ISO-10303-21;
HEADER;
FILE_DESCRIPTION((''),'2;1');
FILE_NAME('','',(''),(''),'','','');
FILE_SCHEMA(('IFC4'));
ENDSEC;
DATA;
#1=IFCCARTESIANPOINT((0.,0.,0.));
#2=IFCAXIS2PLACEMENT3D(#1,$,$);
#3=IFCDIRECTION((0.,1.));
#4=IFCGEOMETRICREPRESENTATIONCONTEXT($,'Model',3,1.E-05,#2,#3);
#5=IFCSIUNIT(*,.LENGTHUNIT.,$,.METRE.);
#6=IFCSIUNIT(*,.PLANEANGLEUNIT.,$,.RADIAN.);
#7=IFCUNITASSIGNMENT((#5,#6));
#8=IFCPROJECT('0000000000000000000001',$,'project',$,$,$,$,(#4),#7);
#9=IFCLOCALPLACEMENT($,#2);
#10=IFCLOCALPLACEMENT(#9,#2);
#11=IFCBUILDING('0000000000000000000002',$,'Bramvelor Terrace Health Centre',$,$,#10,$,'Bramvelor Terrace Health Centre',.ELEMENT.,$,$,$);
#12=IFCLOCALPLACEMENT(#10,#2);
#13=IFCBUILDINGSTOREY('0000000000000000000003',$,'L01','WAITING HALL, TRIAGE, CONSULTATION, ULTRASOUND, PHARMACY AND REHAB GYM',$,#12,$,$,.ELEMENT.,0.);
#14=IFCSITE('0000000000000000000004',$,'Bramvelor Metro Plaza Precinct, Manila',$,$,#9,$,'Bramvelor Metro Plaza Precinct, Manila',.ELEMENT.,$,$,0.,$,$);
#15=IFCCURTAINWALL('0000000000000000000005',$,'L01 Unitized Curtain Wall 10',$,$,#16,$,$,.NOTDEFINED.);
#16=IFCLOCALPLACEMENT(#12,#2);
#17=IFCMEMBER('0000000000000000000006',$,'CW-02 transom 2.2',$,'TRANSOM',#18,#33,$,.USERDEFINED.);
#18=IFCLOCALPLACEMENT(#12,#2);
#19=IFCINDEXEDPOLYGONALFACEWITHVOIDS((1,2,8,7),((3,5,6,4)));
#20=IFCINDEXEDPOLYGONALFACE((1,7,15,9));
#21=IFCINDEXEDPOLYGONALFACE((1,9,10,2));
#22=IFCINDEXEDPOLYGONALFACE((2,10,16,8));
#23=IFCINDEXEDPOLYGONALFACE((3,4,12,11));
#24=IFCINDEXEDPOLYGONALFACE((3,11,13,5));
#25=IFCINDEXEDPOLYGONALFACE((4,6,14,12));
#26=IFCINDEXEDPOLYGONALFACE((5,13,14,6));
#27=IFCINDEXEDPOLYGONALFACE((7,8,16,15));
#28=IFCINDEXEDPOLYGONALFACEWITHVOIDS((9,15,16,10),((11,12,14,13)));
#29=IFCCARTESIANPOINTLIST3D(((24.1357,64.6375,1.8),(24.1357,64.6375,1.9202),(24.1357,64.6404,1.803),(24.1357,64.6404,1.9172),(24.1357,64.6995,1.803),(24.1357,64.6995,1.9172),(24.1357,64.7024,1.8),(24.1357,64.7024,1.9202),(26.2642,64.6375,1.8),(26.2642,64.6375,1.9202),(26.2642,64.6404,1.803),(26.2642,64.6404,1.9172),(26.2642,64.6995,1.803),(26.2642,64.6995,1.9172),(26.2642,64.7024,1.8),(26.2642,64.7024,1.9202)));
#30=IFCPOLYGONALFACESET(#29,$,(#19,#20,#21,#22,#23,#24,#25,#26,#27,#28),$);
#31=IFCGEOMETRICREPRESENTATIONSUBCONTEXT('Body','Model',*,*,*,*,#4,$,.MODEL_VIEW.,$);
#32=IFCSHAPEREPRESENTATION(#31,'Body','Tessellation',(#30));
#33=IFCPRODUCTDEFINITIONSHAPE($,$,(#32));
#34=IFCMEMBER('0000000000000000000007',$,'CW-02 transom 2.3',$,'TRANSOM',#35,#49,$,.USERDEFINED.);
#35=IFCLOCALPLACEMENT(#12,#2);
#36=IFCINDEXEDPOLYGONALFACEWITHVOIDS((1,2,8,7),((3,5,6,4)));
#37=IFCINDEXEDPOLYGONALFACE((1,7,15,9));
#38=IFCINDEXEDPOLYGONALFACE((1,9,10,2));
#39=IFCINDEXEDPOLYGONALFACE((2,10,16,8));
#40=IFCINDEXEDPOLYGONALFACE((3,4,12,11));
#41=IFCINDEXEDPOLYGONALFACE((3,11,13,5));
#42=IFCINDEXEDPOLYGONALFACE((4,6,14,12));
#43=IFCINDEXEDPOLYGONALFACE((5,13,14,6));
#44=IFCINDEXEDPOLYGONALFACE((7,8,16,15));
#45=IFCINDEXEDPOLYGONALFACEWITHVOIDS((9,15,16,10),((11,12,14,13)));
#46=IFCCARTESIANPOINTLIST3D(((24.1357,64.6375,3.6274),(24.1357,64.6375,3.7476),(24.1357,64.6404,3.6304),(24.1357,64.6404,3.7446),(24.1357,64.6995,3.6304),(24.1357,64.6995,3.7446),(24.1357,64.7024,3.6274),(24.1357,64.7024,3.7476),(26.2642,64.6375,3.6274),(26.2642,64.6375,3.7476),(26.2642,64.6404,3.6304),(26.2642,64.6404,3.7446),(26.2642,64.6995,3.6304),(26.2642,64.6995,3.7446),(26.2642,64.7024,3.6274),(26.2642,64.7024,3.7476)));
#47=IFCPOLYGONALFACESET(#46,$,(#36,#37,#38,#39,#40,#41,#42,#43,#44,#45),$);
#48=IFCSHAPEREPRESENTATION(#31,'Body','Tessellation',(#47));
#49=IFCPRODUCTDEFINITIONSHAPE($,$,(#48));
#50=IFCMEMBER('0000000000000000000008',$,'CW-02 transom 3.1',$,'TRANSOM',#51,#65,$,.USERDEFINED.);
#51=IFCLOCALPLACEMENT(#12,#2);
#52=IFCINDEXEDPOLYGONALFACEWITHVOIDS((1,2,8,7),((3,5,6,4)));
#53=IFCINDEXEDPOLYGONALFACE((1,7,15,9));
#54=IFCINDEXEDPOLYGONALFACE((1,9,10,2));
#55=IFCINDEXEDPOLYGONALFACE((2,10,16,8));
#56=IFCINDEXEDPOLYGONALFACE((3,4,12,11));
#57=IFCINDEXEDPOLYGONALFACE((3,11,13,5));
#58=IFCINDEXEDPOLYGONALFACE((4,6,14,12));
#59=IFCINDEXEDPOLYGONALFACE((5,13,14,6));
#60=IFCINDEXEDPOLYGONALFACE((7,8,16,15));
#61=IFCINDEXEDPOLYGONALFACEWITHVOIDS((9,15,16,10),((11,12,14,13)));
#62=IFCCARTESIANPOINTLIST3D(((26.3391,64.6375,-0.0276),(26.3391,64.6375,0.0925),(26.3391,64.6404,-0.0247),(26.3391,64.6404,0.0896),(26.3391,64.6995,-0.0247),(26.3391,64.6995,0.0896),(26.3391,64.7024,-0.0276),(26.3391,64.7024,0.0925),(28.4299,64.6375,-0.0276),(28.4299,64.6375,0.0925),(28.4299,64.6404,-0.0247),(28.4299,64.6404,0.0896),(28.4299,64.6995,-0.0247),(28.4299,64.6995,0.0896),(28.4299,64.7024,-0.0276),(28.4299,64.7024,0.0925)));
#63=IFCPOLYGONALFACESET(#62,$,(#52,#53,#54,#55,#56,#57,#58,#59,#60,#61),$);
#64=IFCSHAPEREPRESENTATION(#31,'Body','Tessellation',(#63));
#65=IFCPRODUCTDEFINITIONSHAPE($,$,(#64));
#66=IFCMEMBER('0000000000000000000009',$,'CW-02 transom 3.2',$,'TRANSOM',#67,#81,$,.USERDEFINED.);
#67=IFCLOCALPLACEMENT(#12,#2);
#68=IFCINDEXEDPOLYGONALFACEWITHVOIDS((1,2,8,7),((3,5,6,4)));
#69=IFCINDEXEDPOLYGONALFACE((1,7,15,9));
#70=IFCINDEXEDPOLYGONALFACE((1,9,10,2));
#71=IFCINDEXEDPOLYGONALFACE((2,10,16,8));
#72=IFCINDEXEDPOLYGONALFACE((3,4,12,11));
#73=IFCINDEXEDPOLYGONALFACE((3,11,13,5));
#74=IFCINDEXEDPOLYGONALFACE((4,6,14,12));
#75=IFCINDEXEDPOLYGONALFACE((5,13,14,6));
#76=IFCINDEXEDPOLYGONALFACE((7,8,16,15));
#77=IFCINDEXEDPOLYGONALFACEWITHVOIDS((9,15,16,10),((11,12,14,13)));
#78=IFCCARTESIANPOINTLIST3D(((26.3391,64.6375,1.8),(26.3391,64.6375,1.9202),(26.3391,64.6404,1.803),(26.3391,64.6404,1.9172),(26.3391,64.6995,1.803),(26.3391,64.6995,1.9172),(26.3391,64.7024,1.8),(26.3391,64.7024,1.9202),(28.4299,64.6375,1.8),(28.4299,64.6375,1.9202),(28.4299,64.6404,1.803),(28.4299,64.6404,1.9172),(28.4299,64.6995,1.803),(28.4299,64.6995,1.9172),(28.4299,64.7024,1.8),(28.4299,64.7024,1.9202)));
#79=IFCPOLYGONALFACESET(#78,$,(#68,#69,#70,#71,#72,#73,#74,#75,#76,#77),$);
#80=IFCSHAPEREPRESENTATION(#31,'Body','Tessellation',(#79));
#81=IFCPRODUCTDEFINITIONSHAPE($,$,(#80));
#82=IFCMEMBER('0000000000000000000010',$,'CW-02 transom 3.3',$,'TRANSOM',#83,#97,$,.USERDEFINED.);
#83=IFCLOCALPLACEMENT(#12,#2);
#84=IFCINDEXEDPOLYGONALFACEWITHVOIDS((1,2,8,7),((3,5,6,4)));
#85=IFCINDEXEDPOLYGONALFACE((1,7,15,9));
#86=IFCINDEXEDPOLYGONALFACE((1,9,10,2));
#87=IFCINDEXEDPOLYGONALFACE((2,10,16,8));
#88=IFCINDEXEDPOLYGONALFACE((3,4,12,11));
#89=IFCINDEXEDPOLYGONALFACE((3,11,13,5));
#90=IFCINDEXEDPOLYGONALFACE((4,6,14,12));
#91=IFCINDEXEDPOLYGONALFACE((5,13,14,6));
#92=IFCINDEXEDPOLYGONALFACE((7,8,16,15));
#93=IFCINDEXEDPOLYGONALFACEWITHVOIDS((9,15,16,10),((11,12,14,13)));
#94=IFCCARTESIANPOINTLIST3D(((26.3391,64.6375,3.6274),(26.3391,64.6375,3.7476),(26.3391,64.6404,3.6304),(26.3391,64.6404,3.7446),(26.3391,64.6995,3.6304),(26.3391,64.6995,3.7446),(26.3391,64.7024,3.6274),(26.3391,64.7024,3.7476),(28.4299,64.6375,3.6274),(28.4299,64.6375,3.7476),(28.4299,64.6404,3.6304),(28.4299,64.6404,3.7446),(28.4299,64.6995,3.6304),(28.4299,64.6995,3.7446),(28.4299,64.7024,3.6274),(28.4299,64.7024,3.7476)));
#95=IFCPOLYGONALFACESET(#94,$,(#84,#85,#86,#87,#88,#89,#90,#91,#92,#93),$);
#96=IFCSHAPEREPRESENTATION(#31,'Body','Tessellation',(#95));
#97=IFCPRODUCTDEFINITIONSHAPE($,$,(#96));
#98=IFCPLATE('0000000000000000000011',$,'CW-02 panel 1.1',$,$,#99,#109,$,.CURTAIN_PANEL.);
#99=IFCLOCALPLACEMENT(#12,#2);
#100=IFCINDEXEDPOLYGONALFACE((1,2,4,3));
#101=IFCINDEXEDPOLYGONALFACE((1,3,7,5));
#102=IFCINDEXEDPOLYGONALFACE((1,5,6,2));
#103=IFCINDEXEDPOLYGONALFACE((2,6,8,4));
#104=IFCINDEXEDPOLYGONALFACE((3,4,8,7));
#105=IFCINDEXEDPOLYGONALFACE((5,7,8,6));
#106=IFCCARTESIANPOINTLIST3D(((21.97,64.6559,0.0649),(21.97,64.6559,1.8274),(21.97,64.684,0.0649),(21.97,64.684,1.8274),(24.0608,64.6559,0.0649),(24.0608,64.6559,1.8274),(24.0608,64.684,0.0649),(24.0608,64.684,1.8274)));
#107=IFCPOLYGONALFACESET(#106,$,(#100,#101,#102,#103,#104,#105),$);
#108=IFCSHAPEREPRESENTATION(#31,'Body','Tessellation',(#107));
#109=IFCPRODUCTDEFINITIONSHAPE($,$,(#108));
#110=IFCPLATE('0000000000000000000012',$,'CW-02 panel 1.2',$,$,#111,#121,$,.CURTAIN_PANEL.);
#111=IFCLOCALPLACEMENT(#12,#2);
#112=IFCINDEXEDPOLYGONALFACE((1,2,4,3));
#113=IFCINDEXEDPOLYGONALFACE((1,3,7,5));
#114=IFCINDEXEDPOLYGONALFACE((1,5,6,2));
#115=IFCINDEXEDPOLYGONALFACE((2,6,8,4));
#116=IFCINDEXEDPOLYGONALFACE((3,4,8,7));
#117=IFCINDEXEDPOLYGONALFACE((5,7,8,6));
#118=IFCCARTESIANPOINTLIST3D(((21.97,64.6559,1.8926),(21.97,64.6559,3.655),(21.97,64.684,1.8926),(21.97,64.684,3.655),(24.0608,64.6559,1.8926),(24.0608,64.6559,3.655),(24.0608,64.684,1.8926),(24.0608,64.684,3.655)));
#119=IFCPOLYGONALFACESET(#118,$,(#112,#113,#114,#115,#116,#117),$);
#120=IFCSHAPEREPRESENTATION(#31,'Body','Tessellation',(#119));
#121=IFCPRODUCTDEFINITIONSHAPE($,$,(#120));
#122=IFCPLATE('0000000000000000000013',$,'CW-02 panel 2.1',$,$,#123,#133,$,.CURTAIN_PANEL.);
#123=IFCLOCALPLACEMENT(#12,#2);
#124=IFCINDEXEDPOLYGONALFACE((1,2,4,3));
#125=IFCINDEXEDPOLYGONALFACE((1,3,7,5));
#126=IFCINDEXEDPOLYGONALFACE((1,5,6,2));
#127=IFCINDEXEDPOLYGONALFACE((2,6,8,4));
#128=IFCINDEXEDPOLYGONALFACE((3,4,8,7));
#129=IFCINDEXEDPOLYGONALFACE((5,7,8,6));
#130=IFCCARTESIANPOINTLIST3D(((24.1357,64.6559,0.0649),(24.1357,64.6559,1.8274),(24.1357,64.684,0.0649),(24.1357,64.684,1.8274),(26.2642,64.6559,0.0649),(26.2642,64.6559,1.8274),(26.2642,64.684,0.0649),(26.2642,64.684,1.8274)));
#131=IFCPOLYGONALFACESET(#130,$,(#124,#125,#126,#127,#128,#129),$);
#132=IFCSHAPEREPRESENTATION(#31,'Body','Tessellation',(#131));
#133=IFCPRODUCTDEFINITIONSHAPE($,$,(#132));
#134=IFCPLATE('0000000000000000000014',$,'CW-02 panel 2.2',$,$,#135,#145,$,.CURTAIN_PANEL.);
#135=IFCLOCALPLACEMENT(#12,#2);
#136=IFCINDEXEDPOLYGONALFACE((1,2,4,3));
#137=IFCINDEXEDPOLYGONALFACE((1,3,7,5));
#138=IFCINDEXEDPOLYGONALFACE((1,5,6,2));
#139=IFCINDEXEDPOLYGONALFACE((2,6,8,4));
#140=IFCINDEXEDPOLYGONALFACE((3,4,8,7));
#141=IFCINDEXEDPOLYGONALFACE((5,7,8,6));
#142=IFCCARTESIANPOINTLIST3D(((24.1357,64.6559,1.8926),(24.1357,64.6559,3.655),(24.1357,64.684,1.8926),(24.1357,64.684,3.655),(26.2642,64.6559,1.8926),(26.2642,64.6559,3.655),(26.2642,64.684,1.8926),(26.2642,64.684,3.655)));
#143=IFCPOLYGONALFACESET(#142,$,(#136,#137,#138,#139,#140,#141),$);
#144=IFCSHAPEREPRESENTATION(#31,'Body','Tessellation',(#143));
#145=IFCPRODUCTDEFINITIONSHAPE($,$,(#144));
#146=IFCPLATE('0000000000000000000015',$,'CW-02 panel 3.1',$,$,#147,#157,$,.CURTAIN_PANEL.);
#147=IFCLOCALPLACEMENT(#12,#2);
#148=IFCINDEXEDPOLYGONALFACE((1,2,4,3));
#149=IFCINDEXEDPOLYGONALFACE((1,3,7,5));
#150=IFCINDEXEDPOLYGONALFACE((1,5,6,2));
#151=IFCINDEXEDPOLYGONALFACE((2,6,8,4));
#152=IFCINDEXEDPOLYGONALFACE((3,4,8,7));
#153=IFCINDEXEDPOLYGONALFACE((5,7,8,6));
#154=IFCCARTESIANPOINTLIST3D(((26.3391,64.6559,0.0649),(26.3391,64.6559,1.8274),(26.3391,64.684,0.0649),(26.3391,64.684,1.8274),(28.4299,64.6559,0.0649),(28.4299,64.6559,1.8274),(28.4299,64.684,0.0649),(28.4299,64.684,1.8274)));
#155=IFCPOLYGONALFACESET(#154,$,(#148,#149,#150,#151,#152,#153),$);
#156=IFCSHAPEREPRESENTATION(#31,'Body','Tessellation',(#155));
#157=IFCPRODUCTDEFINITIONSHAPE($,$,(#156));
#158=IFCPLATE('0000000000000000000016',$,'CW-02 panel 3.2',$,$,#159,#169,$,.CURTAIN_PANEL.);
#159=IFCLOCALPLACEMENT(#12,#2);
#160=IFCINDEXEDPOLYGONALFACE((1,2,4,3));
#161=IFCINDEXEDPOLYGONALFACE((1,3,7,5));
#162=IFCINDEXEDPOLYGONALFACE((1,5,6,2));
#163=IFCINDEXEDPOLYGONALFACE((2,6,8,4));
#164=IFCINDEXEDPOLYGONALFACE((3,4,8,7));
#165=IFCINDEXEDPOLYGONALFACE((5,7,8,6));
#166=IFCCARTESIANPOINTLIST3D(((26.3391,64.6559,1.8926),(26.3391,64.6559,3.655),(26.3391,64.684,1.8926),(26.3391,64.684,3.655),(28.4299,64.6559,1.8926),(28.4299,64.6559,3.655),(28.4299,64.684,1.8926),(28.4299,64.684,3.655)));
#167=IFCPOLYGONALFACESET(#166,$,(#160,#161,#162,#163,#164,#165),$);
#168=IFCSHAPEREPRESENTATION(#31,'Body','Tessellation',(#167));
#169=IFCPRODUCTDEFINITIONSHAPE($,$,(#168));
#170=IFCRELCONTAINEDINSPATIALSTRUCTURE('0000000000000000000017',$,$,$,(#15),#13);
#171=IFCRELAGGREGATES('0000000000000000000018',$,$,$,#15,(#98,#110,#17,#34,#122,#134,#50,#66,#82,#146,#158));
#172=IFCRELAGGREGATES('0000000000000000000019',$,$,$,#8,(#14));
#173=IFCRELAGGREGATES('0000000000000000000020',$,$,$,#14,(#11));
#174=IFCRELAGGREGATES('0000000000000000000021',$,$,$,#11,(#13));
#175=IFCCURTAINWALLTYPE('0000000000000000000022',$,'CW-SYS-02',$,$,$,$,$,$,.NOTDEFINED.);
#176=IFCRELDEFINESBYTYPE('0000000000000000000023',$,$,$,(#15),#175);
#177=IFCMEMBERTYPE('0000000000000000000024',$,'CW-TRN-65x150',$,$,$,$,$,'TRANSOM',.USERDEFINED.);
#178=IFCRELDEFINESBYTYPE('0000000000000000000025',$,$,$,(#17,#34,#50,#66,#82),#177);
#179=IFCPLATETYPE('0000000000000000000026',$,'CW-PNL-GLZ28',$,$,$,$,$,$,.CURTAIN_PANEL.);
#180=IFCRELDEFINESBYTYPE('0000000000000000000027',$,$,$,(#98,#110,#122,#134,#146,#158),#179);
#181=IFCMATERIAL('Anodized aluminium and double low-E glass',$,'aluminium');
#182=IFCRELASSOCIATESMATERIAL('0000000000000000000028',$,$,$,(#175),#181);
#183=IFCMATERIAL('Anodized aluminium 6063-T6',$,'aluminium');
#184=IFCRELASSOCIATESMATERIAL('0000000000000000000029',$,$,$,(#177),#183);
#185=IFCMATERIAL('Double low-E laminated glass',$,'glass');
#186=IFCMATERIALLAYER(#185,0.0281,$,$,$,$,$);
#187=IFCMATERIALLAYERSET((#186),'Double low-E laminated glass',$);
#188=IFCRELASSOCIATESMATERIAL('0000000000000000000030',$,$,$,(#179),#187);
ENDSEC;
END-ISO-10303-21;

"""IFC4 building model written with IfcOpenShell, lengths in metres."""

from ifc_helpers import new_model, si_unit, direction, frame, origin, origin_2d, place, context, subcontext, project, spatial, rectangle, hollow_rectangle, extrude, material, layer, layer_set, material_profile, profile_set, type_object, element, aggregate, save


model = new_model("IFC4")

# Units and contexts
model_context = context("Model", 3, precision=1e-05, world=origin(), true_north=direction((0.0, 1.0)))
body_context = subcontext(model_context, "Body", "Model", "MODEL_VIEW")
ifc_project = project(units=[si_unit("LENGTHUNIT", "METRE"), si_unit("PLANEANGLEUNIT", "RADIAN")], contexts=[model_context])

# Site, building, storey
site_placement = place(None, origin())
site = spatial("IfcSite", under=ifc_project, at=site_placement, Name="Bramvelor Metro Plaza Precinct, Manila", LongName="Bramvelor Metro Plaza Precinct, Manila", CompositionType="ELEMENT", RefElevation=0.0)
building_placement = place(site_placement, origin())
building = spatial("IfcBuilding", under=site, at=building_placement, Name="Bramvelor Terrace Health Centre", LongName="Bramvelor Terrace Health Centre", CompositionType="ELEMENT")
storey_placement = place(building_placement, origin())
storey = spatial("IfcBuildingStorey", under=building, at=storey_placement, Name="L01", Description="WAITING HALL, TRIAGE, CONSULTATION, ULTRASOUND, PHARMACY AND REHAB GYM", CompositionType="ELEMENT", Elevation=0.0)

# Curtain wall, members, plates
ifc_material_1 = material(Name="Anodized aluminium and double low-E glass", Category="aluminium")
curtain_wall_type = type_object("IfcCurtainWallType", Name="CW-SYS-02", PredefinedType="NOTDEFINED", material=ifc_material_1)
curtain_wall_placement = place(storey_placement, origin())
curtain_wall = element("IfcCurtainWall", 1, at=curtain_wall_placement, inside=storey, type_object=curtain_wall_type, Name="L01 Unitized Curtain Wall 10", PredefinedType="NOTDEFINED")
ifc_material_2 = material(Name="Anodized aluminium 6063-T6", Category="aluminium")
ifc_material_profile_1 = material_profile(ifc_material_2, hollow_rectangle(XDim=0.0649, YDim=0.1201, WallThickness=0.0029, at=origin_2d()), Name="ALU-TRN 65x120x3.0")
ifc_profile_set_1 = profile_set([ifc_material_profile_1], Name="Anodized aluminium 6063-T6")
member_type_1 = type_object("IfcMemberType", Name="CW-TRN-65x150", ElementType="TRANSOM", PredefinedType="USERDEFINED", material=ifc_profile_set_1)
member_1_placement = place(storey_placement, frame((24.1357, 64.6699, 1.8601), z_axis=(1.0, 0.0, 0.0), x_axis=(0.0, 1.0, 0.0)))
member_1 = element("IfcMember", 2, at=member_1_placement, type_object=member_type_1, Name="CW-02 transom 2.2", ObjectType="TRANSOM", PredefinedType="USERDEFINED", context=body_context, shape_type="SweptSolid", body=[
    extrude(hollow_rectangle(XDim=0.0649, YDim=0.1201, WallThickness=0.0029, at=origin_2d()), origin(), (0.0, 0.0, 1.0), 2.1284),
])
member_2_placement = place(storey_placement, frame((24.1357, 64.6699, 3.6875), z_axis=(1.0, 0.0, 0.0), x_axis=(0.0, 1.0, 0.0)))
member_2 = element("IfcMember", 3, at=member_2_placement, type_object=member_type_1, Name="CW-02 transom 2.3", ObjectType="TRANSOM", PredefinedType="USERDEFINED", context=body_context, shape_type="SweptSolid", body=[
    extrude(hollow_rectangle(XDim=0.0649, YDim=0.1201, WallThickness=0.0029, at=origin_2d()), origin(), (0.0, 0.0, 1.0), 2.1284),
])
member_3_placement = place(storey_placement, frame((26.3391, 64.6699, 0.0325), z_axis=(1.0, 0.0, 0.0), x_axis=(0.0, 1.0, 0.0)))
member_3 = element("IfcMember", 4, at=member_3_placement, type_object=member_type_1, Name="CW-02 transom 3.1", ObjectType="TRANSOM", PredefinedType="USERDEFINED", context=body_context, shape_type="SweptSolid", body=[
    extrude(hollow_rectangle(XDim=0.0649, YDim=0.1201, WallThickness=0.0029, at=origin_2d()), origin(), (0.0, 0.0, 1.0), 2.0908),
])
member_4_placement = place(storey_placement, frame((26.3391, 64.6699, 1.8601), z_axis=(1.0, 0.0, 0.0), x_axis=(0.0, 1.0, 0.0)))
member_4 = element("IfcMember", 5, at=member_4_placement, type_object=member_type_1, Name="CW-02 transom 3.2", ObjectType="TRANSOM", PredefinedType="USERDEFINED", context=body_context, shape_type="SweptSolid", body=[
    extrude(hollow_rectangle(XDim=0.0649, YDim=0.1201, WallThickness=0.0029, at=origin_2d()), origin(), (0.0, 0.0, 1.0), 2.0908),
])
member_5_placement = place(storey_placement, frame((26.3391, 64.6699, 3.6875), z_axis=(1.0, 0.0, 0.0), x_axis=(0.0, 1.0, 0.0)))
member_5 = element("IfcMember", 6, at=member_5_placement, type_object=member_type_1, Name="CW-02 transom 3.3", ObjectType="TRANSOM", PredefinedType="USERDEFINED", context=body_context, shape_type="SweptSolid", body=[
    extrude(hollow_rectangle(XDim=0.0649, YDim=0.1201, WallThickness=0.0029, at=origin_2d()), origin(), (0.0, 0.0, 1.0), 2.0908),
])
ifc_material_3 = material(Name="Double low-E laminated glass", Category="glass")
ifc_layer_1 = layer(ifc_material_3, 0.0281)
ifc_layer_set_1 = layer_set([ifc_layer_1], Name="Double low-E laminated glass")
plate_type = type_object("IfcPlateType", Name="CW-PNL-GLZ28", PredefinedType="CURTAIN_PANEL", material=ifc_layer_set_1)
plate_1_placement = place(storey_placement, frame((23.0154, 64.6699, 0.0649), z_axis=(0.0, 0.0, 1.0), x_axis=(1.0, 0.0, 0.0)))
plate_1 = element("IfcPlate", 7, at=plate_1_placement, type_object=plate_type, Name="CW-02 panel 1.1", PredefinedType="CURTAIN_PANEL", context=body_context, shape_type="SweptSolid", body=[
    extrude(rectangle(XDim=2.0908, YDim=0.0281, at=origin_2d()), origin(), (0.0, 0.0, 1.0), 1.7625),
])
plate_2_placement = place(storey_placement, frame((23.0154, 64.6699, 1.8926), z_axis=(0.0, 0.0, 1.0), x_axis=(1.0, 0.0, 0.0)))
plate_2 = element("IfcPlate", 8, at=plate_2_placement, type_object=plate_type, Name="CW-02 panel 1.2", PredefinedType="CURTAIN_PANEL", context=body_context, shape_type="SweptSolid", body=[
    extrude(rectangle(XDim=2.0908, YDim=0.0281, at=origin_2d()), origin(), (0.0, 0.0, 1.0), 1.7625),
])
plate_3_placement = place(storey_placement, frame((25.2, 64.6699, 0.0649), z_axis=(0.0, 0.0, 1.0), x_axis=(1.0, 0.0, 0.0)))
plate_3 = element("IfcPlate", 9, at=plate_3_placement, type_object=plate_type, Name="CW-02 panel 2.1", PredefinedType="CURTAIN_PANEL", context=body_context, shape_type="SweptSolid", body=[
    extrude(rectangle(XDim=2.1284, YDim=0.0281, at=origin_2d()), origin(), (0.0, 0.0, 1.0), 1.7625),
])
plate_4_placement = place(storey_placement, frame((25.2, 64.6699, 1.8926), z_axis=(0.0, 0.0, 1.0), x_axis=(1.0, 0.0, 0.0)))
plate_4 = element("IfcPlate", 10, at=plate_4_placement, type_object=plate_type, Name="CW-02 panel 2.2", PredefinedType="CURTAIN_PANEL", context=body_context, shape_type="SweptSolid", body=[
    extrude(rectangle(XDim=2.1284, YDim=0.0281, at=origin_2d()), origin(), (0.0, 0.0, 1.0), 1.7625),
])
plate_5_placement = place(storey_placement, frame((27.3845, 64.6699, 0.0649), z_axis=(0.0, 0.0, 1.0), x_axis=(1.0, 0.0, 0.0)))
plate_5 = element("IfcPlate", 11, at=plate_5_placement, type_object=plate_type, Name="CW-02 panel 3.1", PredefinedType="CURTAIN_PANEL", context=body_context, shape_type="SweptSolid", body=[
    extrude(rectangle(XDim=2.0908, YDim=0.0281, at=origin_2d()), origin(), (0.0, 0.0, 1.0), 1.7625),
])
plate_6_placement = place(storey_placement, frame((27.3845, 64.6699, 1.8926), z_axis=(0.0, 0.0, 1.0), x_axis=(1.0, 0.0, 0.0)))
plate_6 = element("IfcPlate", 12, at=plate_6_placement, type_object=plate_type, Name="CW-02 panel 3.2", PredefinedType="CURTAIN_PANEL", context=body_context, shape_type="SweptSolid", body=[
    extrude(rectangle(XDim=2.0908, YDim=0.0281, at=origin_2d()), origin(), (0.0, 0.0, 1.0), 1.7625),
])
aggregate(curtain_wall, [plate_1, plate_2, member_1, member_2, plate_3, plate_4, member_3, member_4, member_5, plate_5, plate_6])

save(model, "model.ifc")
